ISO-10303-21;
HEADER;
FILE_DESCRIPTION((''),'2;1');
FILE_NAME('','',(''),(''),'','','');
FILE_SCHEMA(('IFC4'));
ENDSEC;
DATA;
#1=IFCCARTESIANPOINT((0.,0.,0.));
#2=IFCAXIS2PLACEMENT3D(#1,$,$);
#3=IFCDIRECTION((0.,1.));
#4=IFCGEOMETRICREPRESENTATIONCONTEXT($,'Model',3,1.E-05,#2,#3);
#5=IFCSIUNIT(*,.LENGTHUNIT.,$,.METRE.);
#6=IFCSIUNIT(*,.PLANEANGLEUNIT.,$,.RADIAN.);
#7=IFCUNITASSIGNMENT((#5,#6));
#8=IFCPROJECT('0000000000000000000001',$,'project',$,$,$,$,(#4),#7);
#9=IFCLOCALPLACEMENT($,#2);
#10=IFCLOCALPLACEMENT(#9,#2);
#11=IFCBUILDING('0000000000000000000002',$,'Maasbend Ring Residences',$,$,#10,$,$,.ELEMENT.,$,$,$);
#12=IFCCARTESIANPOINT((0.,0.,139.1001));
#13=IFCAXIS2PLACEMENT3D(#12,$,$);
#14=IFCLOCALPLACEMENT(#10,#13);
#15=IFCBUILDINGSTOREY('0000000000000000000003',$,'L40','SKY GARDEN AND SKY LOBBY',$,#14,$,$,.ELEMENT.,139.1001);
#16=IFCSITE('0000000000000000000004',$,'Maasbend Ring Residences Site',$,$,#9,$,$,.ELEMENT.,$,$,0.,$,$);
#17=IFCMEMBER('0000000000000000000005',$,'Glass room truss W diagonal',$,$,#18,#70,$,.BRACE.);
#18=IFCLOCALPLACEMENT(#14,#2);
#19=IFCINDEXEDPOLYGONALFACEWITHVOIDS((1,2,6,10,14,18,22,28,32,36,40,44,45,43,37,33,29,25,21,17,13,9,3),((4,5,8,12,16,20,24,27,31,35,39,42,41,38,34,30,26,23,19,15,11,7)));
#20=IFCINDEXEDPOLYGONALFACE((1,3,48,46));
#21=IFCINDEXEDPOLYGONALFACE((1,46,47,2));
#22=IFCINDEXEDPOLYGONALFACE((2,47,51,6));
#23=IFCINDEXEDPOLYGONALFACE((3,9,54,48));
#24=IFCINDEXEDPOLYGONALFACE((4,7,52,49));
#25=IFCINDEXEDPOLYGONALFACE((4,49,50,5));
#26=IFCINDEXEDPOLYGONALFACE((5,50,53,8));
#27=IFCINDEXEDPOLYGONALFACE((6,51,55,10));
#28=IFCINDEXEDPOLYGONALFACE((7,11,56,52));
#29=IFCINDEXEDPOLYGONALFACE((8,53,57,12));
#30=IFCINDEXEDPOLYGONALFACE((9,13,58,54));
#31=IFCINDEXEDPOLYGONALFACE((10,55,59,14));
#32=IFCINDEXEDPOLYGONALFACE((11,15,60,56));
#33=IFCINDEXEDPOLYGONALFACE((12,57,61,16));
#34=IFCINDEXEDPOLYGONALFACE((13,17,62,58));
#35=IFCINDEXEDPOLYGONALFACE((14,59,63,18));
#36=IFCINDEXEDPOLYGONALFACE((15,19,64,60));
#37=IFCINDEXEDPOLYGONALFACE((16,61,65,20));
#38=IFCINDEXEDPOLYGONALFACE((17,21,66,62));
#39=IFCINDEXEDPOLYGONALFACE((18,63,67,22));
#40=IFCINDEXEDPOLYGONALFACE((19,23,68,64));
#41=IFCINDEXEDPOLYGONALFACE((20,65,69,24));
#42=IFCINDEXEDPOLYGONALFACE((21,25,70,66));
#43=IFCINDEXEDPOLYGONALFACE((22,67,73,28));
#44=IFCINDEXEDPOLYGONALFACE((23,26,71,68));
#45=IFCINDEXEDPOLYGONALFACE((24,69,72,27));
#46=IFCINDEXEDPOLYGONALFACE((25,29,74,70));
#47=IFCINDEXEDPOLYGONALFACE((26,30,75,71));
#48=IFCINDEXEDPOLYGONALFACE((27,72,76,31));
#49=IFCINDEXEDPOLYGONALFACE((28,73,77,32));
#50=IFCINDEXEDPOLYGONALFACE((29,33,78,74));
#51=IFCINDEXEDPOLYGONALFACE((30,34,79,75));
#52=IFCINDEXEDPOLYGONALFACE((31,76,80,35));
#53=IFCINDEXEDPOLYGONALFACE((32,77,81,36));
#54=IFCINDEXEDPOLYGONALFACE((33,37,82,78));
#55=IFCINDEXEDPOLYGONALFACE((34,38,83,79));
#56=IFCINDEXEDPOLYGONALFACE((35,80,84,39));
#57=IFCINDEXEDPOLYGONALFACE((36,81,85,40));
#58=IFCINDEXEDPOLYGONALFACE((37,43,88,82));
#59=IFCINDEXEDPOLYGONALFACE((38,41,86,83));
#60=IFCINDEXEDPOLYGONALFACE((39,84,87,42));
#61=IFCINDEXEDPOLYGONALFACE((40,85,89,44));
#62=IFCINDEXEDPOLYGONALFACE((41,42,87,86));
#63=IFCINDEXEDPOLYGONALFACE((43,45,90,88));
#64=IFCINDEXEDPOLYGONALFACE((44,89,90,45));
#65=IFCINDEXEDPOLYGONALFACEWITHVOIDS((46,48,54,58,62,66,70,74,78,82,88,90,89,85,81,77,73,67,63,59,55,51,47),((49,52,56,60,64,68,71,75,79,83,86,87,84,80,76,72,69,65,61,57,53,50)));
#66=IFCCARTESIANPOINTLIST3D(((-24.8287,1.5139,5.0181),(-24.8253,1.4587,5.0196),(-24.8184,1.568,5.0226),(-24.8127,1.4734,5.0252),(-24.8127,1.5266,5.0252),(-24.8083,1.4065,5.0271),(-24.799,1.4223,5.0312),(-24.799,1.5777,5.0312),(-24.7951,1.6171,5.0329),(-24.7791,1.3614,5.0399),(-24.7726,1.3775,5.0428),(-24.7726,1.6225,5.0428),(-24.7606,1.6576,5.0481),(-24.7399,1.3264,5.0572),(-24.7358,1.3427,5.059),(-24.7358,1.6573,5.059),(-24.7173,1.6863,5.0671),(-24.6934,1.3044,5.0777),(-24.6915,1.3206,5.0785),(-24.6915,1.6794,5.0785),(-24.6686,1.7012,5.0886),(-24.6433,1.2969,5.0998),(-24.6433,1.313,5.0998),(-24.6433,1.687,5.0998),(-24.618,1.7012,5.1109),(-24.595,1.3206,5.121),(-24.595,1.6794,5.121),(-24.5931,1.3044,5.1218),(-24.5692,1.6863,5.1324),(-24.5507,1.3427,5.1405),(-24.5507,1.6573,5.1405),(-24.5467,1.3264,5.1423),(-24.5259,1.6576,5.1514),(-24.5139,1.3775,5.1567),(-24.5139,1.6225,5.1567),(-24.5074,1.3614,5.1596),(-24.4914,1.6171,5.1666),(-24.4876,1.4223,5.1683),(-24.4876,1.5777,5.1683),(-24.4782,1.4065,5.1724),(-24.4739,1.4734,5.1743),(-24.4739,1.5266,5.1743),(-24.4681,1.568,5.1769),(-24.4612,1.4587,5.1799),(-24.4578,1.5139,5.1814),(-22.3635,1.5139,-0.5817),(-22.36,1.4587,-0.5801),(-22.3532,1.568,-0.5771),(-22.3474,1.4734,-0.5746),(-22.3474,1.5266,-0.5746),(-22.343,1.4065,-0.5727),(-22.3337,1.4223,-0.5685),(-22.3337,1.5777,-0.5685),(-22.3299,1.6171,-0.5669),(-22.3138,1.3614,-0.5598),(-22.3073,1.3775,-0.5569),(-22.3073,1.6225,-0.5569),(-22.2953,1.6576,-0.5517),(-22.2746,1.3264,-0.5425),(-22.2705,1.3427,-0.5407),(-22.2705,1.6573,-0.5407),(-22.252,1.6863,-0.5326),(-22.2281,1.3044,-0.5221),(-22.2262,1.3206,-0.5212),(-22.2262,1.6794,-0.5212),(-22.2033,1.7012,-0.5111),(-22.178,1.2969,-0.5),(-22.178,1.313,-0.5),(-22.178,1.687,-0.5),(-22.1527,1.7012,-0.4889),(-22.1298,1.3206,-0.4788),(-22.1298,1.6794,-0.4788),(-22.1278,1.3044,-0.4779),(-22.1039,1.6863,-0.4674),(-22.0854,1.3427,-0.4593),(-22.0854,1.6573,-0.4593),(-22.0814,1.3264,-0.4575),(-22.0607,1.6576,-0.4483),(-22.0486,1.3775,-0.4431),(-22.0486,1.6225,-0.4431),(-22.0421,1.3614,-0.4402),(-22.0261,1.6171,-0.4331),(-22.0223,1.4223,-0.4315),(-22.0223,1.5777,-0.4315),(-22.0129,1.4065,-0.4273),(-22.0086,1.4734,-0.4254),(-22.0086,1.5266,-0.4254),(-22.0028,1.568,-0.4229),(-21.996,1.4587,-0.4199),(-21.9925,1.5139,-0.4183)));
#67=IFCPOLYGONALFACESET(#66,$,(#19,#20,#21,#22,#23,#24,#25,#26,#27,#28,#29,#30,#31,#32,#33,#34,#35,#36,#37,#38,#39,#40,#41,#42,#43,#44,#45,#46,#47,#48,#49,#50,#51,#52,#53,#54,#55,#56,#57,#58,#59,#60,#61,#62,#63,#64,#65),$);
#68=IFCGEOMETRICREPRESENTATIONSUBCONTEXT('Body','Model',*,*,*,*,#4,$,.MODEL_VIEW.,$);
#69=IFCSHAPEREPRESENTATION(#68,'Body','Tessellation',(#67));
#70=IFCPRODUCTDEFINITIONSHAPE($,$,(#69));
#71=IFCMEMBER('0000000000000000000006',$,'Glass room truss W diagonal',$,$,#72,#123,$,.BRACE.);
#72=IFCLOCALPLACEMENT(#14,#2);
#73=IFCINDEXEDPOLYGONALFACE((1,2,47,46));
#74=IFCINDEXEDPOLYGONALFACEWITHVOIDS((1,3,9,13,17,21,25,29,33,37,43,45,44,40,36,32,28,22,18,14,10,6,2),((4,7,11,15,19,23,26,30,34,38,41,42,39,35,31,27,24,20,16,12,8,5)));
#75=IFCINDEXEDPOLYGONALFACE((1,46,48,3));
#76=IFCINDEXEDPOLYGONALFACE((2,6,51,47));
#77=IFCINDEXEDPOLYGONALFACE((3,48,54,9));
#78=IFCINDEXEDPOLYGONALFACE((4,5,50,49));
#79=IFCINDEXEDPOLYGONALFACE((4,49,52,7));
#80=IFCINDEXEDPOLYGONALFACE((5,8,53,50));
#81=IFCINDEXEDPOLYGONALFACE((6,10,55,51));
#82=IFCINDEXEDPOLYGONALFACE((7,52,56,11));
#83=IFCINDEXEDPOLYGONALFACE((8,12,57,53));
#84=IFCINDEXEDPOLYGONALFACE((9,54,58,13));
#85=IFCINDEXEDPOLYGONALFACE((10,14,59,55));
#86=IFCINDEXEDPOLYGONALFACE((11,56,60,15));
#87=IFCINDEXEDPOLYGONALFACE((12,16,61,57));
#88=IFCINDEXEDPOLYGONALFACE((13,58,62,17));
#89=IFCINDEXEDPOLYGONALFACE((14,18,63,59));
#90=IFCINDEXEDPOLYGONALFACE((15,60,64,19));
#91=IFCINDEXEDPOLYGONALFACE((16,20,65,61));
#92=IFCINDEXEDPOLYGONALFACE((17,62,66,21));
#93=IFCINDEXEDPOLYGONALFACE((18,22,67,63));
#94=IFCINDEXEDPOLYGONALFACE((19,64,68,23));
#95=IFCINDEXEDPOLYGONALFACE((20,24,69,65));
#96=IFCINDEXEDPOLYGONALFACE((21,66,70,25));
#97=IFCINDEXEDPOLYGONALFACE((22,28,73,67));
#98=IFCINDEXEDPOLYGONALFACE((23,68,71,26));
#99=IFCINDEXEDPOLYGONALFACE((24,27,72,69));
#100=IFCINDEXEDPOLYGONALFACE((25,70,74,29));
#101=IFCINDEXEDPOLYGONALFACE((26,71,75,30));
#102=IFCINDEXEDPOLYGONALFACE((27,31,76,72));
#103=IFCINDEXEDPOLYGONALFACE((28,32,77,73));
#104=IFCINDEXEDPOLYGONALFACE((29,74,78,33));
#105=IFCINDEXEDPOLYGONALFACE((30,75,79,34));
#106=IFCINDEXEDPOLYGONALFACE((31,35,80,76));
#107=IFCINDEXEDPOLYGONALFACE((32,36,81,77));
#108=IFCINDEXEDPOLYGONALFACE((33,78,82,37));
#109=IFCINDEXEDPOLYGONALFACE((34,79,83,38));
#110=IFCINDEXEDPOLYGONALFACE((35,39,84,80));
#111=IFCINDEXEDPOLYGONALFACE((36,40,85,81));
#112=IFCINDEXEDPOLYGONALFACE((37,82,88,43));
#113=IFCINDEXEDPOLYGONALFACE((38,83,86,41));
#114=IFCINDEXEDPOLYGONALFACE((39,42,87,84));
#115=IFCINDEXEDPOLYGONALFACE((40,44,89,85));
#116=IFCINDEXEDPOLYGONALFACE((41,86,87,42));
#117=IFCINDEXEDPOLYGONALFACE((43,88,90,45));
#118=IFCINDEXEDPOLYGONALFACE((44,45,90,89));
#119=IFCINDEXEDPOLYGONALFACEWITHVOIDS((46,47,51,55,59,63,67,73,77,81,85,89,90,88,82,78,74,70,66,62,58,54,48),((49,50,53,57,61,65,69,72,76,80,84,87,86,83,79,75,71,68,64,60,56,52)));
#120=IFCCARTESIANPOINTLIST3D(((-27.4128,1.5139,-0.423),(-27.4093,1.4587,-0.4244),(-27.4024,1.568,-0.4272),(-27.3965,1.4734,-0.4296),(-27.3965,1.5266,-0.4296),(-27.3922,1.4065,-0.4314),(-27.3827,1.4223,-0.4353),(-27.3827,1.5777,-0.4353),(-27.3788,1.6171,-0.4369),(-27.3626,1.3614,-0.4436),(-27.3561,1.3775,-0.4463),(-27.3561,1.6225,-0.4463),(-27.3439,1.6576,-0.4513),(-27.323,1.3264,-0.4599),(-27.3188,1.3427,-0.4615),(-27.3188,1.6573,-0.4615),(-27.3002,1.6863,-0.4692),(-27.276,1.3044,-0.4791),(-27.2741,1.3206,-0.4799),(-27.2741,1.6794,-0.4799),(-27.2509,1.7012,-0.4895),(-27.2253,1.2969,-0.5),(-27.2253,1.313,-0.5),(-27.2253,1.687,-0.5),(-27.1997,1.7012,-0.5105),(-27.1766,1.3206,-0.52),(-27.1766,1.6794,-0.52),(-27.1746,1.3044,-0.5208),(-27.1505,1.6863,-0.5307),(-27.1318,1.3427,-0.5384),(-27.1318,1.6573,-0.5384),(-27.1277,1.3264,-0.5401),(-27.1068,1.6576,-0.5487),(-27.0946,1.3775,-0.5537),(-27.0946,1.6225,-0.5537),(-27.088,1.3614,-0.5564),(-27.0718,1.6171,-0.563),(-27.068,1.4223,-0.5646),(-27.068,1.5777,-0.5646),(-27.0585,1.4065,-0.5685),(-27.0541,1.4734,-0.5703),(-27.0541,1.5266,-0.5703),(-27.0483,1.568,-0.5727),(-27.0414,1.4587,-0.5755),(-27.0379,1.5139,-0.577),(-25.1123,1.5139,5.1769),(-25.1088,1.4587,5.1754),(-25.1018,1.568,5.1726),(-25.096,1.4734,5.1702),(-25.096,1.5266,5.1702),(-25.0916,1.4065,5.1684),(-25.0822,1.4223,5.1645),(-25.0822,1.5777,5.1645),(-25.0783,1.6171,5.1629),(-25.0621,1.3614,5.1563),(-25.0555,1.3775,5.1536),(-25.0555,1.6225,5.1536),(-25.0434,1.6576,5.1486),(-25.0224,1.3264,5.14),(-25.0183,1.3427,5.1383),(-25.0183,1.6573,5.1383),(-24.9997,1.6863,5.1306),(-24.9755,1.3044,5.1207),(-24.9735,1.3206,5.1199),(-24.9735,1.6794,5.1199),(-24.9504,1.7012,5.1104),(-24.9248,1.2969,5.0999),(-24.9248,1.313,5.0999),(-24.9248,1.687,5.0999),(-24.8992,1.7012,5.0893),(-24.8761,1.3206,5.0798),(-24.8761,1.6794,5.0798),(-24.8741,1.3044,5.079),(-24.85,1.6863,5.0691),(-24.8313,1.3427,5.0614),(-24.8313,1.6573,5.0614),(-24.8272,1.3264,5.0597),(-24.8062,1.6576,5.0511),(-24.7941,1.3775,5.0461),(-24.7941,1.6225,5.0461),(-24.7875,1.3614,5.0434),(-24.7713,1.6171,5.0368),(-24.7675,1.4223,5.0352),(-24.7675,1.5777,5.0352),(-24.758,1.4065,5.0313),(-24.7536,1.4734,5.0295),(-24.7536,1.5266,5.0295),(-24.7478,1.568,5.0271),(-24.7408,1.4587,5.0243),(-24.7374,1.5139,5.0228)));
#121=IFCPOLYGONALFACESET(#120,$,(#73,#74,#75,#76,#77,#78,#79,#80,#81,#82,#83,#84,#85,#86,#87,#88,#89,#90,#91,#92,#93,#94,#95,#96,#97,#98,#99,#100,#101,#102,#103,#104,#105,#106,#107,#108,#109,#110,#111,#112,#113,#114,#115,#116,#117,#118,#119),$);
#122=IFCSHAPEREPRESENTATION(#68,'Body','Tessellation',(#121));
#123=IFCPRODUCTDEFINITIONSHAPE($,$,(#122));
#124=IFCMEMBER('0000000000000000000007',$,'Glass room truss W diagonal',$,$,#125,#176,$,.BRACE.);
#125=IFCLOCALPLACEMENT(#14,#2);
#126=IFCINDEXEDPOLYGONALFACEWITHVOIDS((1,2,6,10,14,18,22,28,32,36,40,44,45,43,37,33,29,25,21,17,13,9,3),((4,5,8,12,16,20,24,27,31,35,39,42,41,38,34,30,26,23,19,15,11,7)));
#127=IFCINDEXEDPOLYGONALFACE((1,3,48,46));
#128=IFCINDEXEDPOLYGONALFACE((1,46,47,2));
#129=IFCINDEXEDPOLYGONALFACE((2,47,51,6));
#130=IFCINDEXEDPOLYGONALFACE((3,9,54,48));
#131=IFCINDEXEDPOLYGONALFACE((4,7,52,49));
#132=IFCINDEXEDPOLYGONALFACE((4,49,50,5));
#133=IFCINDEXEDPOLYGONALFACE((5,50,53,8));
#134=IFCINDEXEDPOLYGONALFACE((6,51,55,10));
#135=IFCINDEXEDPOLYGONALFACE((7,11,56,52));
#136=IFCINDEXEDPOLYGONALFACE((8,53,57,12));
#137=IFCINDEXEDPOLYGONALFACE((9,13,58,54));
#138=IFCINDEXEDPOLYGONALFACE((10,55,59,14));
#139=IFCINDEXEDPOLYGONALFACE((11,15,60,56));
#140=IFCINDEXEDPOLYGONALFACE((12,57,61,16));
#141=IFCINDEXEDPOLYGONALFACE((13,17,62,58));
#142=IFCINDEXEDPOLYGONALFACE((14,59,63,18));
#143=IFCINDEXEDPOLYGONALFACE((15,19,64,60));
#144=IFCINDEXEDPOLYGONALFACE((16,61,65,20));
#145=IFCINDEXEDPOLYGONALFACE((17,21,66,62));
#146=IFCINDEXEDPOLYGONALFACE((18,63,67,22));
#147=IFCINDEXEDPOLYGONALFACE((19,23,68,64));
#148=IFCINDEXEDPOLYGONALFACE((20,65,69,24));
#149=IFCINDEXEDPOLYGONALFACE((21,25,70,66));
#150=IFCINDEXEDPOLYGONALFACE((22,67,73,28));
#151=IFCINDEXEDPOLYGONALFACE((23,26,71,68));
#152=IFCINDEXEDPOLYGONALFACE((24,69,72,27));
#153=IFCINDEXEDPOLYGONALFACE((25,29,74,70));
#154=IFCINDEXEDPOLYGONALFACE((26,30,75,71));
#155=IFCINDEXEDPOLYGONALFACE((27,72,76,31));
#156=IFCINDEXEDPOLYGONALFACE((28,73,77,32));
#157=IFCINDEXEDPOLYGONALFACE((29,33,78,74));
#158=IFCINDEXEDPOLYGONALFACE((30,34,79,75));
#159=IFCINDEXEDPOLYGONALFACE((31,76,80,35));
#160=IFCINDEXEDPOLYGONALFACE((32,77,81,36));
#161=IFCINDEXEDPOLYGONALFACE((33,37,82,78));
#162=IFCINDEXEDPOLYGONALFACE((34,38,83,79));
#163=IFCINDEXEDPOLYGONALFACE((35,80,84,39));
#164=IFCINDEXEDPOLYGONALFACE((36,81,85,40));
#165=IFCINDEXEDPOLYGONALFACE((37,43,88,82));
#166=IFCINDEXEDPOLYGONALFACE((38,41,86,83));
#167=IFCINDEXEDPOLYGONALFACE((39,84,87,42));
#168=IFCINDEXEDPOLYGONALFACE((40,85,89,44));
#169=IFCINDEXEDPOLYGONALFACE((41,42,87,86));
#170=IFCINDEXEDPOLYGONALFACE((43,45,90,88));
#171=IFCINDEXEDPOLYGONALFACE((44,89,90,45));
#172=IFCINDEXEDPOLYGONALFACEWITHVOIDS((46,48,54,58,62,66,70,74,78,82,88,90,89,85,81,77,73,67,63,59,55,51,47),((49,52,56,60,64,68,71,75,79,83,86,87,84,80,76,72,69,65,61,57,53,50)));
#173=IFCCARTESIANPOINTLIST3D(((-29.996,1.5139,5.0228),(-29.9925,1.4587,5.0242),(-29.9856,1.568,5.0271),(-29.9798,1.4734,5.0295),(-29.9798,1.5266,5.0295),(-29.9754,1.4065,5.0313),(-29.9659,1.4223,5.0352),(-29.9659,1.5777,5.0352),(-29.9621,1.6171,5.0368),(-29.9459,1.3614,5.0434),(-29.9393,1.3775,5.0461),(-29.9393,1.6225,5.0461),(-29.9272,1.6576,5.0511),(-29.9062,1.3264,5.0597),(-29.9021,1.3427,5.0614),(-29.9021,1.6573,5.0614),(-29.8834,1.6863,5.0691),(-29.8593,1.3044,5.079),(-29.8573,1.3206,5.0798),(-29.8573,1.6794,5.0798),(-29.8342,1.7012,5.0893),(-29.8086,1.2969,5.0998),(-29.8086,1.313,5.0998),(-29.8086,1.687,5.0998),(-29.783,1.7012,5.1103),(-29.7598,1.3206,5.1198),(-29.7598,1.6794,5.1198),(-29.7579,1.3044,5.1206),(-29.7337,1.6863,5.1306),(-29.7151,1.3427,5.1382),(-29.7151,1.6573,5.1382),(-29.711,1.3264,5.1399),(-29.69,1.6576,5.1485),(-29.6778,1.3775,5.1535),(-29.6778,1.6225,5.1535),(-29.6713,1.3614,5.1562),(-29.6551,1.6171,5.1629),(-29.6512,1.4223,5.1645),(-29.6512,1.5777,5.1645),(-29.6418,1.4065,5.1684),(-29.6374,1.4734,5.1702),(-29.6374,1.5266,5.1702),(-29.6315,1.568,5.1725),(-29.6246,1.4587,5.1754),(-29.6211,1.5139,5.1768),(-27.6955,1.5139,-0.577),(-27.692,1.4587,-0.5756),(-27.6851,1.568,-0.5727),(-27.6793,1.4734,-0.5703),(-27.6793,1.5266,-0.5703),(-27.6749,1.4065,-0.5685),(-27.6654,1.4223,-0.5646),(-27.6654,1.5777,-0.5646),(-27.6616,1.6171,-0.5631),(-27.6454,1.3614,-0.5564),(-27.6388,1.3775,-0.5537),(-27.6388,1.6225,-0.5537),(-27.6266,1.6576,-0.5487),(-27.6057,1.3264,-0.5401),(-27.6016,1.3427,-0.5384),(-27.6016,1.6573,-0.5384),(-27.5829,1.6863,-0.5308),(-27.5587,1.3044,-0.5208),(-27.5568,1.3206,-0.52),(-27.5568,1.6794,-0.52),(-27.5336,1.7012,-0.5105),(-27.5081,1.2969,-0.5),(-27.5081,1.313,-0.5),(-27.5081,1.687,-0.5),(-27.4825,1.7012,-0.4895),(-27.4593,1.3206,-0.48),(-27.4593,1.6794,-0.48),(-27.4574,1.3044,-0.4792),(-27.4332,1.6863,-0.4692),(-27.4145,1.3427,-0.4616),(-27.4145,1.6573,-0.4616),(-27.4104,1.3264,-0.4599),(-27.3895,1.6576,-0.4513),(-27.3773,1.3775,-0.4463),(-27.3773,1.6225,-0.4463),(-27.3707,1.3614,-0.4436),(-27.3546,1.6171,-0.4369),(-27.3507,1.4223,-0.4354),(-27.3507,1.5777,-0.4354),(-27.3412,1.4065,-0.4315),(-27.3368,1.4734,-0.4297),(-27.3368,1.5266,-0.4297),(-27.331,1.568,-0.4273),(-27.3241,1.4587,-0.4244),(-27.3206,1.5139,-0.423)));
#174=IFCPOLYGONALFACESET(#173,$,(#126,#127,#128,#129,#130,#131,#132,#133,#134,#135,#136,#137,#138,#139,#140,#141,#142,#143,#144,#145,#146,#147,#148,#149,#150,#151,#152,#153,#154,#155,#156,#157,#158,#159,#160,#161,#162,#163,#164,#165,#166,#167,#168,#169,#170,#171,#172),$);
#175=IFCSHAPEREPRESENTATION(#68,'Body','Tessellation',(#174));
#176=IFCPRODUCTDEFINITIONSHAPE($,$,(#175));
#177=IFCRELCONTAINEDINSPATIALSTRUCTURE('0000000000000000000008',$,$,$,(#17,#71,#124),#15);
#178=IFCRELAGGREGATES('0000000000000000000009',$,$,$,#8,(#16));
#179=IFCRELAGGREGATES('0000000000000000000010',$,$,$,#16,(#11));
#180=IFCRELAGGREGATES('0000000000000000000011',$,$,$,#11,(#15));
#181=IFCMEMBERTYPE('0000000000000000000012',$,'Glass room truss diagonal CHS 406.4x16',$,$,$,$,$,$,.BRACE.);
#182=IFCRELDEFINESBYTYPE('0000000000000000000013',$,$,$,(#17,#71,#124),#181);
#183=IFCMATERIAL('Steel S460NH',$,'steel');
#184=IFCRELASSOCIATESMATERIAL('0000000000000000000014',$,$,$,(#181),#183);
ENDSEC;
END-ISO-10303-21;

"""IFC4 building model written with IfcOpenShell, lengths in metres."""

from ifc_helpers import new_model, si_unit, direction, frame, origin, origin_2d, place, context, subcontext, project, spatial, hollow_circle, extrude, material, material_profile, profile_set, type_object, element, save


model = new_model("IFC4")

# Units and contexts
model_context = context("Model", 3, precision=1e-05, world=origin(), true_north=direction((0.0, 1.0)))
body_context = subcontext(model_context, "Body", "Model", "MODEL_VIEW")
ifc_project = project(units=[si_unit("LENGTHUNIT", "METRE"), si_unit("PLANEANGLEUNIT", "RADIAN")], contexts=[model_context])

# Site, building, storey
site_placement = place(None, origin())
site = spatial("IfcSite", under=ifc_project, at=site_placement, Name="Maasbend Ring Residences Site", CompositionType="ELEMENT", RefElevation=0.0)
building_placement = place(site_placement, origin())
building = spatial("IfcBuilding", under=site, at=building_placement, Name="Maasbend Ring Residences", CompositionType="ELEMENT")
storey_placement = place(building_placement, frame((0.0, 0.0, 139.1001)))
storey = spatial("IfcBuildingStorey", under=building, at=storey_placement, Name="L40", Description="SKY GARDEN AND SKY LOBBY", CompositionType="ELEMENT", Elevation=139.1001)

# Members
ifc_material_1 = material(Name="Steel S460NH", Category="steel")
ifc_material_profile_1 = material_profile(ifc_material_1, hollow_circle(Radius=0.2031, WallThickness=0.0161, at=origin_2d()), Name="Glass room truss diagonal CHS 406.4x16")
ifc_profile_set_1 = profile_set([ifc_material_profile_1], Name="Steel S460NH")
member_type_1 = type_object("IfcMemberType", Name="Glass room truss diagonal CHS 406.4x16", PredefinedType="BRACE", material=ifc_profile_set_1)
member_1_placement = place(storey_placement, frame((-22.178, 1.5, -0.5), z_axis=(-0.40293, 0.0, 0.915231), x_axis=(0.0, -1.0, 0.0)))
element("IfcMember", 1, at=member_1_placement, inside=storey, type_object=member_type_1, Name="Glass room truss W diagonal", PredefinedType="BRACE", context=body_context, shape_type="SweptSolid", body=[
    extrude(hollow_circle(Radius=0.2031, WallThickness=0.0161, at=origin_2d()), origin(), (0.0, 0.0, 1.0), 6.1184),
])
for number, where, z_axis, x_axis, name in (
    (2, (-24.9248, 1.5, 5.0999), (-0.380003, 0.0, -0.924985), (0.0, -1.0, 0.0), "Glass room truss W diagonal"),
    (3, (-27.5081, 1.5, -0.5), (-0.380003, 0.0, 0.924985), (0.0, -1.0, 0.0), "Glass room truss W diagonal"),
):
    element("IfcMember", number, at=place(storey_placement, frame(where, z_axis=z_axis, x_axis=x_axis)), inside=storey, type_object=member_type_1, Name=name, PredefinedType="BRACE", context=body_context, shape_type="SweptSolid", body=[
        extrude(hollow_circle(Radius=0.2031, WallThickness=0.0161, at=origin_2d()), origin(), (0.0, 0.0, 1.0), 6.054),
    ])

save(model, "model.ifc")
